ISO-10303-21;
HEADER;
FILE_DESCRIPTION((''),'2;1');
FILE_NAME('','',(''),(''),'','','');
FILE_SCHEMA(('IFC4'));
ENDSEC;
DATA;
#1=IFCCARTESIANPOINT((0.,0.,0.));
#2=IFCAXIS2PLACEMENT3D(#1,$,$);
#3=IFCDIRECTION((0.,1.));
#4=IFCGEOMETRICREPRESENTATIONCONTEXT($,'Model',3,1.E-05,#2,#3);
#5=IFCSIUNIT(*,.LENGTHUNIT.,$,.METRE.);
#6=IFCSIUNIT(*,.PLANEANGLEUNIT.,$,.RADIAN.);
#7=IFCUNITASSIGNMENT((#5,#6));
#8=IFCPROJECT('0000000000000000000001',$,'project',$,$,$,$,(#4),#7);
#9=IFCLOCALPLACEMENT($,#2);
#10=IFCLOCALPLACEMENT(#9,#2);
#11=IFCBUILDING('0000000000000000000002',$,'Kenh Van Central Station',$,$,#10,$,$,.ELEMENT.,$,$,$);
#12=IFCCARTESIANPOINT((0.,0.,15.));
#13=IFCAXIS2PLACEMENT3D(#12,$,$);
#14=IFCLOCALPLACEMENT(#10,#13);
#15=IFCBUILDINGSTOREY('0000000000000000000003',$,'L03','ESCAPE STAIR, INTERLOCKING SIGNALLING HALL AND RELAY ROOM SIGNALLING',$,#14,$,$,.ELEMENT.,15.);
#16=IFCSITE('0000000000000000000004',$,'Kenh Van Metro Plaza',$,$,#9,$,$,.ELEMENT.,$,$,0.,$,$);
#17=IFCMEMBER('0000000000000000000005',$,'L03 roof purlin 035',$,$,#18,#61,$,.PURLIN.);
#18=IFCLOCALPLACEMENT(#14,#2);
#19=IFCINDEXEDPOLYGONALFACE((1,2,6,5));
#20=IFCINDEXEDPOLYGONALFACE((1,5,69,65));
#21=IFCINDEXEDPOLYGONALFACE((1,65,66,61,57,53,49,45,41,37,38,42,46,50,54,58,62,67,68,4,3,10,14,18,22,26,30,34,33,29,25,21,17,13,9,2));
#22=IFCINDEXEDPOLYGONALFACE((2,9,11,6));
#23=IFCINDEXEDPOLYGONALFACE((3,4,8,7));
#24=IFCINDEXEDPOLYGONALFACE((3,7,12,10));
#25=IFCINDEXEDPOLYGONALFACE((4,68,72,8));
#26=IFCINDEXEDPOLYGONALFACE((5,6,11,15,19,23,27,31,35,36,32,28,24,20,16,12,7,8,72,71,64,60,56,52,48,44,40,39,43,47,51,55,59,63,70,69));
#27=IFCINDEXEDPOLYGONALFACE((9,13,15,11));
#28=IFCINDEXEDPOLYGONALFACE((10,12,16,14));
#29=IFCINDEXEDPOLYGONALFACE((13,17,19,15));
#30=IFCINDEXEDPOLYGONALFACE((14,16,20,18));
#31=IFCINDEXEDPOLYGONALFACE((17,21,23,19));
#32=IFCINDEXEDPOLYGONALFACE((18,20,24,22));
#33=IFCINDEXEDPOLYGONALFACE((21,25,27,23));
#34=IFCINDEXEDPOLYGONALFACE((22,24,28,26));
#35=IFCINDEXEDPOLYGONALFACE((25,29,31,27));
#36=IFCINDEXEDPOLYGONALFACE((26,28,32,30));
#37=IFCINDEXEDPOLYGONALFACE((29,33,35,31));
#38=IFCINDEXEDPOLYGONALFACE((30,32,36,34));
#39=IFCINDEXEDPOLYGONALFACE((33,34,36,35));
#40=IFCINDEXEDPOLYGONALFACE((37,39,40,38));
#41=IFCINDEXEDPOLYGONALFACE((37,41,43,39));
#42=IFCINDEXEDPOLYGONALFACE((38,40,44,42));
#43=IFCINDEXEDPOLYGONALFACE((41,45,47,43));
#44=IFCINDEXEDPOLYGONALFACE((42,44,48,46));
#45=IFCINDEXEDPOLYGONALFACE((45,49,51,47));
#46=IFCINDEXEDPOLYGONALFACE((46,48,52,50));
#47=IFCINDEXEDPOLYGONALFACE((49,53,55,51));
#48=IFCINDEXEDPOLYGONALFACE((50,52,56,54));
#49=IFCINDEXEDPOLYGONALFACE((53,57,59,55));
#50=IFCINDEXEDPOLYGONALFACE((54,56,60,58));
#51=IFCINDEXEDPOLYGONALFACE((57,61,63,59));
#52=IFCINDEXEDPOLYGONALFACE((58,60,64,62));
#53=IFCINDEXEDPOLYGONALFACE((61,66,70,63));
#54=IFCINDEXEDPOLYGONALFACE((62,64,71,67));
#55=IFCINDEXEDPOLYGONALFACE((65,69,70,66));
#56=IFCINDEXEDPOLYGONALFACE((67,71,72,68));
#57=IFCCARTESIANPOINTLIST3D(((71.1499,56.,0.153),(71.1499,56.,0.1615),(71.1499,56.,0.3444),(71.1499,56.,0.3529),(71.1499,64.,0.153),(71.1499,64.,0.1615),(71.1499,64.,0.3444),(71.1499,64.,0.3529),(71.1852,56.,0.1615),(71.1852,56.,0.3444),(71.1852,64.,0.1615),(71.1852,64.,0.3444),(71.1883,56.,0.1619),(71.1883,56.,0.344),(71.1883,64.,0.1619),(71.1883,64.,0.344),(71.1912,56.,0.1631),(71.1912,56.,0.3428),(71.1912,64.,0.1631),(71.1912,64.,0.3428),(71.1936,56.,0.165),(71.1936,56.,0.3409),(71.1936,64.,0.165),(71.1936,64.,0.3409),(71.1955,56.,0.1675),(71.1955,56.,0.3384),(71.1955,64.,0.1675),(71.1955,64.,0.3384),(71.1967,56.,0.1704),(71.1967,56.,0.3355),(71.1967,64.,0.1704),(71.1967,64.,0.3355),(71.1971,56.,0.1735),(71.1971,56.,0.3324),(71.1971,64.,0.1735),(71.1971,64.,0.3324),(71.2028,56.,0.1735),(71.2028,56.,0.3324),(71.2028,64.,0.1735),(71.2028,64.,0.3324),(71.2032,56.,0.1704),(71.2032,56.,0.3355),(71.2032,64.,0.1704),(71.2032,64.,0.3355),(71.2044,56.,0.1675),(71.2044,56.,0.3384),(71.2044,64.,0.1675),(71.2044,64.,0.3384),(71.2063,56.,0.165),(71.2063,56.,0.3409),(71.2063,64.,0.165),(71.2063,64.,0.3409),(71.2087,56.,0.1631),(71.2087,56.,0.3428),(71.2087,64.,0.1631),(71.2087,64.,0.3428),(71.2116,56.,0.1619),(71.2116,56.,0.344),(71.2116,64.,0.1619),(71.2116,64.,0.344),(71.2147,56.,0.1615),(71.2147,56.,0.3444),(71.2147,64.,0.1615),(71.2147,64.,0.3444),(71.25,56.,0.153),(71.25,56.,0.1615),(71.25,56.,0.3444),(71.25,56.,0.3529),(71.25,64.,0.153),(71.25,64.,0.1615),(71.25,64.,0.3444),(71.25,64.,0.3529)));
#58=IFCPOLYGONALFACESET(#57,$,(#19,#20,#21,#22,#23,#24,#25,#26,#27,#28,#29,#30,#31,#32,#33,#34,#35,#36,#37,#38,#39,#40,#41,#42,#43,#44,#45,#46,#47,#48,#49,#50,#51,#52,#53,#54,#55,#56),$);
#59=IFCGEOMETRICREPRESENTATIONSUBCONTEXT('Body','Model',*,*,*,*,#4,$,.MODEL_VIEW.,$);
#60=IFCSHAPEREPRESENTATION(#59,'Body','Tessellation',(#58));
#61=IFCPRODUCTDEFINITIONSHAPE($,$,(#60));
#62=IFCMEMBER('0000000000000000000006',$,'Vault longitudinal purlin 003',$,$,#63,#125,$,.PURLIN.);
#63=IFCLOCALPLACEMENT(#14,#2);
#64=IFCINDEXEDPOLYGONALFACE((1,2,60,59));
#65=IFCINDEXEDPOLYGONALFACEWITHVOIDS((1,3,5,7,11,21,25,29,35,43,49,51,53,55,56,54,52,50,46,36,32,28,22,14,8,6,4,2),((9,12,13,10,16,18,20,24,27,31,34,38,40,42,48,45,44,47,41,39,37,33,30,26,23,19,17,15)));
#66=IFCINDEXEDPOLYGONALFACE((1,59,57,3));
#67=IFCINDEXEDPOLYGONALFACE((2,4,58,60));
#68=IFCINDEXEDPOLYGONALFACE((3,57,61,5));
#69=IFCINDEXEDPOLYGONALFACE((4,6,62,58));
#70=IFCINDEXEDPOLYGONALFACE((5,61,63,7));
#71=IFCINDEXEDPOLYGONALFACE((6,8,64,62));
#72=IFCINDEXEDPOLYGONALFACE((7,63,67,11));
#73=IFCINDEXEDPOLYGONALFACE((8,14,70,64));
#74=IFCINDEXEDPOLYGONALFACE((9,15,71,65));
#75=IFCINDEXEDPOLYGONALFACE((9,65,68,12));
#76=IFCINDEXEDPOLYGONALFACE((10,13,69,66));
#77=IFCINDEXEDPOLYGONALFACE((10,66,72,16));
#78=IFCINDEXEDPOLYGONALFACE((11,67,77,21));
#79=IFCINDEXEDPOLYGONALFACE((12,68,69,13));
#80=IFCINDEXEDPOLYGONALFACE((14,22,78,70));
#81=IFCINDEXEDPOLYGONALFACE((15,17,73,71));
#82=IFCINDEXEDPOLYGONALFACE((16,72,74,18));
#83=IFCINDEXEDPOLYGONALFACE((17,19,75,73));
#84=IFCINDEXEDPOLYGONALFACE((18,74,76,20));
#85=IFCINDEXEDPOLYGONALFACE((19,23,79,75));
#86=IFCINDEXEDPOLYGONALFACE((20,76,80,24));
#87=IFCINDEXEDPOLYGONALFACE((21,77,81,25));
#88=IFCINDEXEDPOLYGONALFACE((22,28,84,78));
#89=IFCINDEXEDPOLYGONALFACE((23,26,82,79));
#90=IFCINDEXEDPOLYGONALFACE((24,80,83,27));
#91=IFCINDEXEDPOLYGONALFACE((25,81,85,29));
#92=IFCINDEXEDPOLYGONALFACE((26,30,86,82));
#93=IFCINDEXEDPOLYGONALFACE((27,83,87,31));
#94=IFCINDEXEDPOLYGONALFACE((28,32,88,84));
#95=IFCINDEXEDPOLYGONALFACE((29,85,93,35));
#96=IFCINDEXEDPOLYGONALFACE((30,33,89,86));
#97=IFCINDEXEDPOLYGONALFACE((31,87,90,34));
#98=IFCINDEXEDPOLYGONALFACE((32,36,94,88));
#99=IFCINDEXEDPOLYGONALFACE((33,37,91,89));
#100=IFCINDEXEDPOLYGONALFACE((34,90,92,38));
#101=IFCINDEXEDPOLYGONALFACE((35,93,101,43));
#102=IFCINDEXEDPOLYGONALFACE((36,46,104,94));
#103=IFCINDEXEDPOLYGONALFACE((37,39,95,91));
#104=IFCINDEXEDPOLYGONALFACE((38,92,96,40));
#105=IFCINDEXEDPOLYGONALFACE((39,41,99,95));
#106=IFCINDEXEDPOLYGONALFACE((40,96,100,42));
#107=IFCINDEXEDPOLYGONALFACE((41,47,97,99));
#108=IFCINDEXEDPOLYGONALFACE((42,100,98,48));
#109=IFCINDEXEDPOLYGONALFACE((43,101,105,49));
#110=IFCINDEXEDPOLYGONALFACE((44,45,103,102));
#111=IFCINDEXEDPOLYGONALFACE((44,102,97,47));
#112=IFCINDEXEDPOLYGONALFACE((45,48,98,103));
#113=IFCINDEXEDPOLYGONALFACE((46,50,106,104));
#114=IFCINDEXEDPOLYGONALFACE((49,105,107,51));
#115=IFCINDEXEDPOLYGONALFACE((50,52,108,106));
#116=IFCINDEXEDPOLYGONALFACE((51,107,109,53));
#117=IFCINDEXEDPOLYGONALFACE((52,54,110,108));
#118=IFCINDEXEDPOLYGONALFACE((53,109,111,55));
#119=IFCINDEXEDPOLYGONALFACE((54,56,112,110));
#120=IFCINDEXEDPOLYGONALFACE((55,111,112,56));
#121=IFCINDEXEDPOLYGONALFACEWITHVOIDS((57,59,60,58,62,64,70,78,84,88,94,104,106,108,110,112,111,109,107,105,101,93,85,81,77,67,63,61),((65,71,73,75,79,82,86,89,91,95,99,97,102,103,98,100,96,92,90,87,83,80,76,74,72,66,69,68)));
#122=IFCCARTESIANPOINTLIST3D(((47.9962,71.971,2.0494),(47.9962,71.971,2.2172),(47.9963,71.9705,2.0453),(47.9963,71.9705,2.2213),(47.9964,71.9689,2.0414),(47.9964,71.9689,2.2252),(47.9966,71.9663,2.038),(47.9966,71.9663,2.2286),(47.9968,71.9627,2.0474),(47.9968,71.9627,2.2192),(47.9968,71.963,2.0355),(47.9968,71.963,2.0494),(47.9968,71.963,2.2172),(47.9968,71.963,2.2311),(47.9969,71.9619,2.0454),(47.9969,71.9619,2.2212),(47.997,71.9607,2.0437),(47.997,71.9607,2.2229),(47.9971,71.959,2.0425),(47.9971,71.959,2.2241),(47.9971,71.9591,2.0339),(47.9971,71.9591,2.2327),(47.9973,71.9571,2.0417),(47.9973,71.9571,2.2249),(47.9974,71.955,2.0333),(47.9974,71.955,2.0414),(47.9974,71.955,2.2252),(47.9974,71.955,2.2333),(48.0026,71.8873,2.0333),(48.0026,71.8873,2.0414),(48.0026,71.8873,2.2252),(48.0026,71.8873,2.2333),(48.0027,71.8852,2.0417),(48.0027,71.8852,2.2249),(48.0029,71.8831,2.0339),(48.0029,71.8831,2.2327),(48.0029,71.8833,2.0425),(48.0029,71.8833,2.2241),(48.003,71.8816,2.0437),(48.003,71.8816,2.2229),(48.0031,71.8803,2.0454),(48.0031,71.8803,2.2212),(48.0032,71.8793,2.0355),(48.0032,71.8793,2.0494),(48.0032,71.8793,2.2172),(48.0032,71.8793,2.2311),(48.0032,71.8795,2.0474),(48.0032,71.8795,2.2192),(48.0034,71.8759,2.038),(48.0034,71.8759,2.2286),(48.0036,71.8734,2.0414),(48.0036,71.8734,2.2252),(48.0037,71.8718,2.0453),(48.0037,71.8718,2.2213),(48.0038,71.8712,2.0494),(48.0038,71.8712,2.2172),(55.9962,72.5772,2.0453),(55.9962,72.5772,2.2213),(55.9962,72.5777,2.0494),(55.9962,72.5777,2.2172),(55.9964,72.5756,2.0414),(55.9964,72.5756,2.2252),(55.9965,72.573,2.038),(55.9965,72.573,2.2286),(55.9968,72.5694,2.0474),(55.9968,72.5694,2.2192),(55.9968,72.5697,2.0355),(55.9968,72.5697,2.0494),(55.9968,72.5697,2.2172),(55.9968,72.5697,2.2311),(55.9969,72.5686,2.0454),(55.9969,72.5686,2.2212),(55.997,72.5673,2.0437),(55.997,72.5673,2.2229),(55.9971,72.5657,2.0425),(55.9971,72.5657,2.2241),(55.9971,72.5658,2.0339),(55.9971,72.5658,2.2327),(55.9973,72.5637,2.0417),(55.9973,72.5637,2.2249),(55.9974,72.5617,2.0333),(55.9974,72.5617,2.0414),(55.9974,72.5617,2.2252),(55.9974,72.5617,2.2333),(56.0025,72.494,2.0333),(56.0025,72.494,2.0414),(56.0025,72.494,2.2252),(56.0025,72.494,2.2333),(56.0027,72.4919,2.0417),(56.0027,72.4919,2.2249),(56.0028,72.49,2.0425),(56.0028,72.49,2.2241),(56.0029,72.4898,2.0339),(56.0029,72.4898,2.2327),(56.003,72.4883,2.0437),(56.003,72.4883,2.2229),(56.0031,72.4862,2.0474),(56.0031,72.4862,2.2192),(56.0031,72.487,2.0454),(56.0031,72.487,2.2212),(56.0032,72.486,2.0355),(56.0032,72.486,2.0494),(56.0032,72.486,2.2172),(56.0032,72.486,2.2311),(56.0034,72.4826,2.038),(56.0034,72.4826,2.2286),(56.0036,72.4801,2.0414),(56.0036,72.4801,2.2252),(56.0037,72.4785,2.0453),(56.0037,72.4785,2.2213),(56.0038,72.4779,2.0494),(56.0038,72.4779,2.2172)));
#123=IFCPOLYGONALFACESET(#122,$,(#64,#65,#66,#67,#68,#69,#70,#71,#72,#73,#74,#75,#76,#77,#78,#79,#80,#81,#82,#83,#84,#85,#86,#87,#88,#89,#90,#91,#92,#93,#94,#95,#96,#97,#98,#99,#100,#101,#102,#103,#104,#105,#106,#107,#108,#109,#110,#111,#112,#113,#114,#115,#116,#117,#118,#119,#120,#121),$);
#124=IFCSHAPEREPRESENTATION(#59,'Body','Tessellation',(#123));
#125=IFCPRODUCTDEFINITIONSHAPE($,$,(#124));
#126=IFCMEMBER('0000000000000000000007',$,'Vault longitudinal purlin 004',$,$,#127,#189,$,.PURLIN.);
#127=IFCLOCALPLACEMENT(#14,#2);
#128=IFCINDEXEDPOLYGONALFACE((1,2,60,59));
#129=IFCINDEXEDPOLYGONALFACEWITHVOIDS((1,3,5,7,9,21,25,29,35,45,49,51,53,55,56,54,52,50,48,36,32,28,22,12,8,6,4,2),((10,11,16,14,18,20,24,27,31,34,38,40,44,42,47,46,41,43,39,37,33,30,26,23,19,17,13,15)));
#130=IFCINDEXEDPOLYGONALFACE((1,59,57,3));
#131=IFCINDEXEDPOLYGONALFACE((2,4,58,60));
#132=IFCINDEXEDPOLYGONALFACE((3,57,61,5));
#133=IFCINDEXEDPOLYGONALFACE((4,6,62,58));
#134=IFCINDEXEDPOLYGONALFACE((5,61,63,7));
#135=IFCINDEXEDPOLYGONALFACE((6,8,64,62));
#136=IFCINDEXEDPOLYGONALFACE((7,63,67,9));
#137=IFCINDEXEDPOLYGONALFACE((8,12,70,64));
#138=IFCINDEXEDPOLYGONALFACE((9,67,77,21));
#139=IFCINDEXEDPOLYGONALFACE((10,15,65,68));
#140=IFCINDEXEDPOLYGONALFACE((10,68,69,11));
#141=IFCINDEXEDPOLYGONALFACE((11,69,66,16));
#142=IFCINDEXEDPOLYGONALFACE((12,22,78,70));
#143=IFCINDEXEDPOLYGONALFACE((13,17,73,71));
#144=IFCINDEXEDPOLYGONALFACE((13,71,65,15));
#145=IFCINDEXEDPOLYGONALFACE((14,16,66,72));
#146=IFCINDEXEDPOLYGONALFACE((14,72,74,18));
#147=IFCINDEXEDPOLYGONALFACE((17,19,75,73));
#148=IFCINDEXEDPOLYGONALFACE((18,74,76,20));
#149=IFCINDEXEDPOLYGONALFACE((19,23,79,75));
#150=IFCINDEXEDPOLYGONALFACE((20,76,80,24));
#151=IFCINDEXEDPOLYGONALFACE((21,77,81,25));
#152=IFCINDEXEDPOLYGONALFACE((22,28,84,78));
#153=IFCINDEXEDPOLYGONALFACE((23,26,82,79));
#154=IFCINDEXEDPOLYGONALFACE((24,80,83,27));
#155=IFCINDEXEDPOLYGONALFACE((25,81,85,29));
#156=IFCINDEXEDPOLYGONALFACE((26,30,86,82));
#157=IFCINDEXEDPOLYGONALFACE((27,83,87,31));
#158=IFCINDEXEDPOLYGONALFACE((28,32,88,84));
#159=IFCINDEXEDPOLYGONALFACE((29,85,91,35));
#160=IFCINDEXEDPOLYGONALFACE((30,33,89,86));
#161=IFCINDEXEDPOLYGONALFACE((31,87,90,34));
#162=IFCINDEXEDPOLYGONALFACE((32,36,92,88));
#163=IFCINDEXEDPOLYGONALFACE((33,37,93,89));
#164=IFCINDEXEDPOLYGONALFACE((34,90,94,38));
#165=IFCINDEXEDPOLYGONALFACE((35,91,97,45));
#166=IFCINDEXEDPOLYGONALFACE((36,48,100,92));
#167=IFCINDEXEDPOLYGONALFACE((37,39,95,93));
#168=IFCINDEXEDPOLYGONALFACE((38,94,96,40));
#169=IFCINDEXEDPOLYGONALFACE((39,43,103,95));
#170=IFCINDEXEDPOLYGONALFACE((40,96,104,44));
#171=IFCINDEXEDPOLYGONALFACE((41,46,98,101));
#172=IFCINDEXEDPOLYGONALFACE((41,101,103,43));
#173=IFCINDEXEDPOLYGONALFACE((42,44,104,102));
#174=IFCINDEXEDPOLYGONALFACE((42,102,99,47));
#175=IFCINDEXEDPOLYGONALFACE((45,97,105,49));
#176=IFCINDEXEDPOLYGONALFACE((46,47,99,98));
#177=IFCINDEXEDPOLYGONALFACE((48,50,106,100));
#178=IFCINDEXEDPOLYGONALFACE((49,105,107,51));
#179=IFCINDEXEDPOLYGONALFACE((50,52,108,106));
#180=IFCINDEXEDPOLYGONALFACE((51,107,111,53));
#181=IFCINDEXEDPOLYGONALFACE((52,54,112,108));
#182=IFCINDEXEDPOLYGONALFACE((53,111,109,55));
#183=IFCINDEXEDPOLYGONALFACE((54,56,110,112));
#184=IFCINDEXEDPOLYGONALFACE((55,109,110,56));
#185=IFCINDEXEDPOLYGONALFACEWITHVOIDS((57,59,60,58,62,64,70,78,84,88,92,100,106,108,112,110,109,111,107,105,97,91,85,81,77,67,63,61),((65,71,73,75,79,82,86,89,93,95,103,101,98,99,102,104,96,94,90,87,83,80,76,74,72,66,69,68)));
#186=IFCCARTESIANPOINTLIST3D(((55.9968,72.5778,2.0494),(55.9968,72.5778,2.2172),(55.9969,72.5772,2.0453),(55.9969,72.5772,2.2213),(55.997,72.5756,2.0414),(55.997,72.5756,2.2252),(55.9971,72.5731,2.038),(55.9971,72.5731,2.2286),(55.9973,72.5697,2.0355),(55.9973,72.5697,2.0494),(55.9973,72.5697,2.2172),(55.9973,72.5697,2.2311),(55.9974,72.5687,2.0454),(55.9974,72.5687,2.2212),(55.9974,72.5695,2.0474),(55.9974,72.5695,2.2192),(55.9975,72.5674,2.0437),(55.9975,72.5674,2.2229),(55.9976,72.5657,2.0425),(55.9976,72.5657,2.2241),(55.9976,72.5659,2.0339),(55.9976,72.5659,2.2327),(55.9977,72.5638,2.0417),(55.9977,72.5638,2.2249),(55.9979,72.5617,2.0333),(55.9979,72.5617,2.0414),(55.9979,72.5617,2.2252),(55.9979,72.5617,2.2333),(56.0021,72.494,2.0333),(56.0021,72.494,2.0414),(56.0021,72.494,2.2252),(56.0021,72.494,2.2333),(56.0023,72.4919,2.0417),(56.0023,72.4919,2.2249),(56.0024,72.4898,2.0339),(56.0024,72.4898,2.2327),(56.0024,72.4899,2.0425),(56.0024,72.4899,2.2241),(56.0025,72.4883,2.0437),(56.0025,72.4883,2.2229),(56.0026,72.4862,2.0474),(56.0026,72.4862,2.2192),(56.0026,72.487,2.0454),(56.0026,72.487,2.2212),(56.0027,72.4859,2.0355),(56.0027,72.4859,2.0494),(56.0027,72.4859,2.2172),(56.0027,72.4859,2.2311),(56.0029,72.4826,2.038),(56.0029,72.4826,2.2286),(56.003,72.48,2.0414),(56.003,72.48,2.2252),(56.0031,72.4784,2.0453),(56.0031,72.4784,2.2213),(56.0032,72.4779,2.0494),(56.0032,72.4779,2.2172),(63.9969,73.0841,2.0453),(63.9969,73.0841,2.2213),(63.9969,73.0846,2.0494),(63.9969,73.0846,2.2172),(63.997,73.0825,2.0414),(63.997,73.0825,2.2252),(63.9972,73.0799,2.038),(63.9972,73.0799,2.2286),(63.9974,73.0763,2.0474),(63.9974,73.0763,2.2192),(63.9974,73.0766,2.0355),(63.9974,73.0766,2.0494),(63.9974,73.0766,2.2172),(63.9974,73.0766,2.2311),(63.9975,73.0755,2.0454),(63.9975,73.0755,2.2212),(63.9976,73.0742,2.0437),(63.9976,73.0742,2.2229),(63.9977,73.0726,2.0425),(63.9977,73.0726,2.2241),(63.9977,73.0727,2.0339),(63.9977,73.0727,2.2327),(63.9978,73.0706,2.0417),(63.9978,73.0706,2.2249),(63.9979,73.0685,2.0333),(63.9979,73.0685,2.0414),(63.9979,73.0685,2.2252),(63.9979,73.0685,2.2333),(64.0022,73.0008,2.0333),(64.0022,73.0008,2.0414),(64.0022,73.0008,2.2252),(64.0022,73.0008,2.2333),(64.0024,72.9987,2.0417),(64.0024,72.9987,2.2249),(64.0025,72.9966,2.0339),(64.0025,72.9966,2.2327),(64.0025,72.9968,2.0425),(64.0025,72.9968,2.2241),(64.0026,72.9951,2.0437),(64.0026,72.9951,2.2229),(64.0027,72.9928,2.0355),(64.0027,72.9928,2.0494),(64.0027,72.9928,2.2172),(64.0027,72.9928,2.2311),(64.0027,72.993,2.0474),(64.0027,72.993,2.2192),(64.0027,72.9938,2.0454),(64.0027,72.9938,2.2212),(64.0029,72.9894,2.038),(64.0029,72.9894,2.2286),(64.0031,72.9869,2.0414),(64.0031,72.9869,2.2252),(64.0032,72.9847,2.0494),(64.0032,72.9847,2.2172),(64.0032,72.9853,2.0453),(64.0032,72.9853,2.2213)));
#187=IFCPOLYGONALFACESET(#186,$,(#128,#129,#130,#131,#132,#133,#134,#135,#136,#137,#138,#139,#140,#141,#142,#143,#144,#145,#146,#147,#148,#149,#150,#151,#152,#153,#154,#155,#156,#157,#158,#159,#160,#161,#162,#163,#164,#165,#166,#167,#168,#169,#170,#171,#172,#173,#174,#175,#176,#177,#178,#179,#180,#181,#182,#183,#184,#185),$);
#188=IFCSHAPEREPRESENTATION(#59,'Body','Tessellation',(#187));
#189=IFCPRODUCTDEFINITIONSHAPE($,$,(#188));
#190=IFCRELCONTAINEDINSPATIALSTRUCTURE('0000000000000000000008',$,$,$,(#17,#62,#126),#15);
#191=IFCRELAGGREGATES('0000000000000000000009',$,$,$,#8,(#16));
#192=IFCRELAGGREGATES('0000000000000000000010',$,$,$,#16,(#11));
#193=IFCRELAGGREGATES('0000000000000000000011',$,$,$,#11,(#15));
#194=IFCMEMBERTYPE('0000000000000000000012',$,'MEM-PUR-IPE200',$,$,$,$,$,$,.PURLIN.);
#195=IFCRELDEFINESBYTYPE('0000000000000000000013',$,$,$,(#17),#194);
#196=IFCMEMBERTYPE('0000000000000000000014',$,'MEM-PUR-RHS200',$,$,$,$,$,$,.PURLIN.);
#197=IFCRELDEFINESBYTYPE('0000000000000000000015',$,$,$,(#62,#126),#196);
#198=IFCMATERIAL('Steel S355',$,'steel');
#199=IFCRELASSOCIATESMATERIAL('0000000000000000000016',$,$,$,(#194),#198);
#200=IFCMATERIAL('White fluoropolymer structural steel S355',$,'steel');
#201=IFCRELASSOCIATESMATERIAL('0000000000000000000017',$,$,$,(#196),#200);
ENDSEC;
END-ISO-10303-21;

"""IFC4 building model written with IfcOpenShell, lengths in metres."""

from ifc_helpers import new_model, si_unit, direction, frame, origin, origin_2d, place, context, subcontext, project, spatial, hollow_rectangle, i_section, extrude, material, material_profile, profile_set, type_object, element, save


model = new_model("IFC4")

# Units and contexts
model_context = context("Model", 3, precision=1e-05, world=origin(), true_north=direction((0.0, 1.0)))
body_context = subcontext(model_context, "Body", "Model", "MODEL_VIEW")
ifc_project = project(units=[si_unit("LENGTHUNIT", "METRE"), si_unit("PLANEANGLEUNIT", "RADIAN")], contexts=[model_context])

# Site, building, storey
site_placement = place(None, origin())
site = spatial("IfcSite", under=ifc_project, at=site_placement, Name="Kenh Van Metro Plaza", CompositionType="ELEMENT", RefElevation=0.0)
building_placement = place(site_placement, origin())
building = spatial("IfcBuilding", under=site, at=building_placement, Name="Kenh Van Central Station", CompositionType="ELEMENT")
storey_placement = place(building_placement, frame((0.0, 0.0, 15.0)))
storey = spatial("IfcBuildingStorey", under=building, at=storey_placement, Name="L03", Description="ESCAPE STAIR, INTERLOCKING SIGNALLING HALL AND RELAY ROOM SIGNALLING", CompositionType="ELEMENT", Elevation=15.0)

# Shared definitions
ifc_material_1 = material(Name="Steel S355", Category="steel")
ifc_material_2 = material(Name="White fluoropolymer structural steel S355", Category="steel")

# Members
ifc_material_profile_1 = material_profile(ifc_material_1, i_section(OverallWidth=0.1001, OverallDepth=0.2, WebThickness=0.0056, FlangeThickness=0.0085, FilletRadius=0.012, at=origin_2d()), Name="IPE 200")
ifc_profile_set_1 = profile_set([ifc_material_profile_1], Name="Steel S355")
member_type_1 = type_object("IfcMemberType", Name="MEM-PUR-IPE200", PredefinedType="PURLIN", material=ifc_profile_set_1)
for number, where, z_axis, x_axis, name in (
    (1, (71.2, 56.0, 0.2529), (0.0, 1.0, 0.0), (-1.0, 0.0, 0.0), "L03 roof purlin 035"),
):
    element("IfcMember", number, at=place(storey_placement, frame(where, z_axis=z_axis, x_axis=x_axis)), inside=storey, type_object=member_type_1, Name=name, PredefinedType="PURLIN", context=body_context, shape_type="SweptSolid", body=[
        extrude(i_section(OverallWidth=0.1001, OverallDepth=0.2, WebThickness=0.0056, FlangeThickness=0.0085, FilletRadius=0.012, at=origin_2d()), origin(), (0.0, 0.0, 1.0), 8.0),
    ])
ifc_material_profile_2 = material_profile(ifc_material_2, hollow_rectangle(XDim=0.1001, YDim=0.2, WallThickness=0.0081, InnerFilletRadius=0.0081, OuterFilletRadius=0.0161, at=origin_2d()), Name="RHS 200x100x8")
ifc_profile_set_2 = profile_set([ifc_material_profile_2], Name="White fluoropolymer structural steel S355")
member_type_2 = type_object("IfcMemberType", Name="MEM-PUR-RHS200", PredefinedType="PURLIN", material=ifc_profile_set_2)
member_1_placement = place(storey_placement, frame((48.0, 71.9211, 2.1333), z_axis=(0.997137, 0.075619, 0.0), x_axis=(-0.075619, 0.997137, 0.0)))
element("IfcMember", 2, at=member_1_placement, inside=storey, type_object=member_type_2, Name="Vault longitudinal purlin 003", PredefinedType="PURLIN", context=body_context, shape_type="SweptSolid", body=[
    extrude(hollow_rectangle(XDim=0.1001, YDim=0.2, WallThickness=0.0081, InnerFilletRadius=0.0081, OuterFilletRadius=0.0161, at=origin_2d()), origin(), (0.0, 0.0, 1.0), 8.0229),
])
member_2_placement = place(storey_placement, frame((56.0, 72.5278, 2.1333), z_axis=(0.997999, 0.063228, 0.0), x_axis=(-0.063228, 0.997999, 0.0)))
element("IfcMember", 3, at=member_2_placement, inside=storey, type_object=member_type_2, Name="Vault longitudinal purlin 004", PredefinedType="PURLIN", context=body_context, shape_type="SweptSolid", body=[
    extrude(hollow_rectangle(XDim=0.1001, YDim=0.2, WallThickness=0.0081, InnerFilletRadius=0.0081, OuterFilletRadius=0.0161, at=origin_2d()), origin(), (0.0, 0.0, 1.0), 8.0161),
])

save(model, "model.ifc")
